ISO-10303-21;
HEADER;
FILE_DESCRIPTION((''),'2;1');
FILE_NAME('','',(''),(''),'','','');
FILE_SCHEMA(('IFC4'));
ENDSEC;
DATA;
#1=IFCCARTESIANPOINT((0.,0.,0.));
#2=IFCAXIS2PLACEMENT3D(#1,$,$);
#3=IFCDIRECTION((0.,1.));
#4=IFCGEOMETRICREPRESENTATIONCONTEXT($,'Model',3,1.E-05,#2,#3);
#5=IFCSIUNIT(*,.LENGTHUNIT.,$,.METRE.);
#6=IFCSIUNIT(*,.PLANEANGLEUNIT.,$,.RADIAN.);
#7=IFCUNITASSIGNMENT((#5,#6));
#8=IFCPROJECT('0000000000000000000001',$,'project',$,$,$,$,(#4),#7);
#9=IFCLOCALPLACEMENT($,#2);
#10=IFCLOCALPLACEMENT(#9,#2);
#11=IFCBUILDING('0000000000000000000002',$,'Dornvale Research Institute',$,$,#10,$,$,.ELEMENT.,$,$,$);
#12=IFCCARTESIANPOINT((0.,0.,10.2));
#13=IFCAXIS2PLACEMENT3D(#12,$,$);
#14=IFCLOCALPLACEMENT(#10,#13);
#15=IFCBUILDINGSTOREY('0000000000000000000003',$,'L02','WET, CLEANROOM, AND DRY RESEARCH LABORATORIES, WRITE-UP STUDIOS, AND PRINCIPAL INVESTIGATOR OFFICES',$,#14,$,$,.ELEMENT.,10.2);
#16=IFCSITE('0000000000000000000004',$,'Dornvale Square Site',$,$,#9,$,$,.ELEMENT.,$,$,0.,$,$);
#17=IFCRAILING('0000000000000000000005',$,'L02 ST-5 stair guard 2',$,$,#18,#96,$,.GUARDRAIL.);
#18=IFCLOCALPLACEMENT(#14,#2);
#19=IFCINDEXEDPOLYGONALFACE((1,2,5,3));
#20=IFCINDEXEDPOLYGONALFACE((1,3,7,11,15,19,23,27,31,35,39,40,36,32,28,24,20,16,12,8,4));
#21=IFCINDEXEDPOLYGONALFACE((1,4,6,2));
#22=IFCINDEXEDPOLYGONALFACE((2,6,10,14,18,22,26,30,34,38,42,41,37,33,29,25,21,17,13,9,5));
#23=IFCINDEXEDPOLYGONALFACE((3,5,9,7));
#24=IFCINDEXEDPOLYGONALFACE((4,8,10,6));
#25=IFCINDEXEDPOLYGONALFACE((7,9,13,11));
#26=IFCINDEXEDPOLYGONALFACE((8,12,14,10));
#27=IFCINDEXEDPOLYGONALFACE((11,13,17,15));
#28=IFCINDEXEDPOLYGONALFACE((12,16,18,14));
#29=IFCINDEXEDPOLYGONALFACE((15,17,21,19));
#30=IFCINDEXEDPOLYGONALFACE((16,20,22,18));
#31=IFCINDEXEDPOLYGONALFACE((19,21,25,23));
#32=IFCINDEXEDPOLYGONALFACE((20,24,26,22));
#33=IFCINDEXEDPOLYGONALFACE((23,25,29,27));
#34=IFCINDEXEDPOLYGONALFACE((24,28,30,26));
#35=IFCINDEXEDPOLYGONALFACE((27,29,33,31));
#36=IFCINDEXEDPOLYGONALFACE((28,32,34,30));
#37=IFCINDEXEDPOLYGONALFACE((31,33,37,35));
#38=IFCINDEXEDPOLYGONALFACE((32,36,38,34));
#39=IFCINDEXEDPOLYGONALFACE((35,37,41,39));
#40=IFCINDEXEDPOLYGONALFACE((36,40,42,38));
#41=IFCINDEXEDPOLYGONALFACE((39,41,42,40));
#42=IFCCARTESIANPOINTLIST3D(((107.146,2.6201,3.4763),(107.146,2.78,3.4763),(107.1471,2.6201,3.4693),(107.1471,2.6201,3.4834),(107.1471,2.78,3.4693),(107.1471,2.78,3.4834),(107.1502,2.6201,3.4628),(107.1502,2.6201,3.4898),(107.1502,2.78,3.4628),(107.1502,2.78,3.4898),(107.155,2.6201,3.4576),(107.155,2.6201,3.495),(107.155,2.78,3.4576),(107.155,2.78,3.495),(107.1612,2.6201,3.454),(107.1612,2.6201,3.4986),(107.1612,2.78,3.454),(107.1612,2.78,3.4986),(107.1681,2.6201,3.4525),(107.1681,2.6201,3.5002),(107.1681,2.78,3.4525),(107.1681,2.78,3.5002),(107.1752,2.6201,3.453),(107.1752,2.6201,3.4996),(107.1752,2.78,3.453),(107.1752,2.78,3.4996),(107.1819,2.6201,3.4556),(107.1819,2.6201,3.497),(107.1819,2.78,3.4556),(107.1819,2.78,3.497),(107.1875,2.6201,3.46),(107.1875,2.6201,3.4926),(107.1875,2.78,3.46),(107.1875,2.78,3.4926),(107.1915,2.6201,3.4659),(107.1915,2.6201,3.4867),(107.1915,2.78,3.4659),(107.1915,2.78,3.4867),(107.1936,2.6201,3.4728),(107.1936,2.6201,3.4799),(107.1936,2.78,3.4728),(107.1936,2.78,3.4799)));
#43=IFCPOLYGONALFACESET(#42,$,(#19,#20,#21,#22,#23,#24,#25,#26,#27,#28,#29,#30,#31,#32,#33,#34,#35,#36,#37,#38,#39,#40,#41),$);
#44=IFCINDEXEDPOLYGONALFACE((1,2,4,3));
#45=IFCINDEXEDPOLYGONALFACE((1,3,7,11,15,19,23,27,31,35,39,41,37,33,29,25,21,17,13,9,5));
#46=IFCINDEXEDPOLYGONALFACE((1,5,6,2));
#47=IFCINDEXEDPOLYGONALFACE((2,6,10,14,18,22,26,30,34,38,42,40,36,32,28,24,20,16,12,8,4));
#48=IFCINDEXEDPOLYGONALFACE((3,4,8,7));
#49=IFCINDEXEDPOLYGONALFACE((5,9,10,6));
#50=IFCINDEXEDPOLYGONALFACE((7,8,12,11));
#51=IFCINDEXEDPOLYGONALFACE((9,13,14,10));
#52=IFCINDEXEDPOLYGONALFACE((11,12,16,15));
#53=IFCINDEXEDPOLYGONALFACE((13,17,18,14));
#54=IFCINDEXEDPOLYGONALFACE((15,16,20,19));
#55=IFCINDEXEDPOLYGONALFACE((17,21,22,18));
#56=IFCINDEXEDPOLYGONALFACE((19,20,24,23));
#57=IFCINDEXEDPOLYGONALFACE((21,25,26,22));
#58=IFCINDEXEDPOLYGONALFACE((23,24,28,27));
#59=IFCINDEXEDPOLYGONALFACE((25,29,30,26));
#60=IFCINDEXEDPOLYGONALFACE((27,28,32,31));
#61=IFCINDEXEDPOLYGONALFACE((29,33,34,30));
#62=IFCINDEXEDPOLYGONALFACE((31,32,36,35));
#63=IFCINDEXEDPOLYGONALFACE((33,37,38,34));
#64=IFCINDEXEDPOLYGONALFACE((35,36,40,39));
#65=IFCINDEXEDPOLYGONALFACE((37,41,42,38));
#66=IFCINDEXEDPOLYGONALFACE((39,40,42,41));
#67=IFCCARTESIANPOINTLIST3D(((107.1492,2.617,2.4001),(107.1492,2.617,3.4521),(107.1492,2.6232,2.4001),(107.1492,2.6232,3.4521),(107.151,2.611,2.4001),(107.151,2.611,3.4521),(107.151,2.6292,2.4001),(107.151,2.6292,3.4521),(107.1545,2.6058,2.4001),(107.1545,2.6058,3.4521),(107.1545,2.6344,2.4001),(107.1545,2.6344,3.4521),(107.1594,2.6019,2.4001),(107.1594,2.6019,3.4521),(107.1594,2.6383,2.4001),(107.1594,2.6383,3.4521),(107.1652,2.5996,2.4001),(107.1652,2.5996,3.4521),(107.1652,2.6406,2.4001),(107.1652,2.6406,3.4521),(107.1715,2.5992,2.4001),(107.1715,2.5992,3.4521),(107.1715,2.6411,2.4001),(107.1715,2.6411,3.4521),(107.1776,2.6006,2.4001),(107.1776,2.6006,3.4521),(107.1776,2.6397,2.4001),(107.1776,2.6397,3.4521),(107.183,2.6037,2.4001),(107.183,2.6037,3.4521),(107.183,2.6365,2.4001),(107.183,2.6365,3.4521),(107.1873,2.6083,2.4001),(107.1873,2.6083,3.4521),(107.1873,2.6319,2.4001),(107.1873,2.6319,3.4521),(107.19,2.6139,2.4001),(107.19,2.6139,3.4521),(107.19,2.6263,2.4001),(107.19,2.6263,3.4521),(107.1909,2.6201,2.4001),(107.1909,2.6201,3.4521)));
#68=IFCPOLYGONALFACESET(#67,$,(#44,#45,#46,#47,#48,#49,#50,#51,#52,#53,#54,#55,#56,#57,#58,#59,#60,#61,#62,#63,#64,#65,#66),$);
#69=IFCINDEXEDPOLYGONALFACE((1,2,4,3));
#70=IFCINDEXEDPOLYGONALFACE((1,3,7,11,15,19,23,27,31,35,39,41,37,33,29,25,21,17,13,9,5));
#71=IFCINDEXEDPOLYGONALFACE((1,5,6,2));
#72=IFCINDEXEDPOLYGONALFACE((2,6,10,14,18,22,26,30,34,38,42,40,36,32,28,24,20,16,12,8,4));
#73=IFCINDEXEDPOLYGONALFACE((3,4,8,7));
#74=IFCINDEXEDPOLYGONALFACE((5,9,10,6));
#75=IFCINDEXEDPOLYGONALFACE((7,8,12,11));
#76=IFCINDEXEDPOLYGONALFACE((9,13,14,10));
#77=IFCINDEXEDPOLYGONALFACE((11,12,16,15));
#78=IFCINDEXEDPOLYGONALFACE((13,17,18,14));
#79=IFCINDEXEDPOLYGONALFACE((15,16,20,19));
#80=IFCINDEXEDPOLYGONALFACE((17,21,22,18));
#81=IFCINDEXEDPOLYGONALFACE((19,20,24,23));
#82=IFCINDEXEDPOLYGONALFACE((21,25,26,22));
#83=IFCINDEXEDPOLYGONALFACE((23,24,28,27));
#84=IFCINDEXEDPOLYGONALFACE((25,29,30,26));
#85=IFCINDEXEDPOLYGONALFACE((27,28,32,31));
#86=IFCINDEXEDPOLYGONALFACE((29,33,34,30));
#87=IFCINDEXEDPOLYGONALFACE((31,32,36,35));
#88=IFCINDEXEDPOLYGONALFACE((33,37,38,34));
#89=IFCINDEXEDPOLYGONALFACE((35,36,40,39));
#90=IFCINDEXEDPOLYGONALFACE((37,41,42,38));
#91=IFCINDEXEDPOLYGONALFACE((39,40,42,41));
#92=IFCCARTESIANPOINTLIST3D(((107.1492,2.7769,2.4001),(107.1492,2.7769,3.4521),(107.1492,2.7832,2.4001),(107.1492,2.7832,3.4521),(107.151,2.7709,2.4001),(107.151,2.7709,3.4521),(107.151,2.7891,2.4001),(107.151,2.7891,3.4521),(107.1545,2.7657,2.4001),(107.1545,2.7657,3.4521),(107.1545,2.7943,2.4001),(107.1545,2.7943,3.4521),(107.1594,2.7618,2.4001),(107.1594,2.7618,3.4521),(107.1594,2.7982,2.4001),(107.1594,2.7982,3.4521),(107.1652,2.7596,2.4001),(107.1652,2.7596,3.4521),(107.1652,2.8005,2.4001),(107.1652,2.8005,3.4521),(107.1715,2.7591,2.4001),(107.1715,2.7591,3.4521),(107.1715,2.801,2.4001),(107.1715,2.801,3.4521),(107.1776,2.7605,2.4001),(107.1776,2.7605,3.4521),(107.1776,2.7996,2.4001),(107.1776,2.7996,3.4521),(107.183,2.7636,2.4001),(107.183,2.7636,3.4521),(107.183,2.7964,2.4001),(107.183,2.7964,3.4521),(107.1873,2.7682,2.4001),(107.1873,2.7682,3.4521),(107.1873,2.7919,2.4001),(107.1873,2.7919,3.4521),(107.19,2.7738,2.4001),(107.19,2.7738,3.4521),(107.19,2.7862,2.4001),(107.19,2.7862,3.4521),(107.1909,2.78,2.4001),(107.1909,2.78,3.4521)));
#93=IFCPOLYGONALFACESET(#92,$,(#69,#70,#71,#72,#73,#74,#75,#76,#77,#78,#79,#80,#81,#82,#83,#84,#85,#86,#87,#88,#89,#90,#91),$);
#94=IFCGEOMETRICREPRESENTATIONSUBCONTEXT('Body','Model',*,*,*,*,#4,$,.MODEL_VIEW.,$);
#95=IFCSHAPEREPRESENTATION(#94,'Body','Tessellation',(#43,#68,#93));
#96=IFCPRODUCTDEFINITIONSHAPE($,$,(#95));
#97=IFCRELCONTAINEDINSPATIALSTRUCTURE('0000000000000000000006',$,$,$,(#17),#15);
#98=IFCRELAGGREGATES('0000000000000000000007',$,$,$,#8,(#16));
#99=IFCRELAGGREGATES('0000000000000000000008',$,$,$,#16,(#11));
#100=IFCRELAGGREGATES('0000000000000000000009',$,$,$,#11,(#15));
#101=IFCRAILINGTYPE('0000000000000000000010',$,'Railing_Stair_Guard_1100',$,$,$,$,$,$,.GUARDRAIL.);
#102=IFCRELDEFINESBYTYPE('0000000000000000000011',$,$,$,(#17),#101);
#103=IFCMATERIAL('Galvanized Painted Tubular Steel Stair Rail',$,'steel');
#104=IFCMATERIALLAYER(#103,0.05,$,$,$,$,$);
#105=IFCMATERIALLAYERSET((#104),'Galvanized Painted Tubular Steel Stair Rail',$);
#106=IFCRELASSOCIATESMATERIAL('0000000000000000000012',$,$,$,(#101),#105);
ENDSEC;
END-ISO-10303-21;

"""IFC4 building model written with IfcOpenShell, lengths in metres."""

from ifc_helpers import new_model, si_unit, direction, frame, origin, origin_2d, place, context, subcontext, project, spatial, circle, extrude, material, layer, layer_set, type_object, element, save


model = new_model("IFC4")

# Units and contexts
model_context = context("Model", 3, precision=1e-05, world=origin(), true_north=direction((0.0, 1.0)))
body_context = subcontext(model_context, "Body", "Model", "MODEL_VIEW")
ifc_project = project(units=[si_unit("LENGTHUNIT", "METRE"), si_unit("PLANEANGLEUNIT", "RADIAN")], contexts=[model_context])

# Site, building, storey
site_placement = place(None, origin())
site = spatial("IfcSite", under=ifc_project, at=site_placement, Name="Dornvale Square Site", CompositionType="ELEMENT", RefElevation=0.0)
building_placement = place(site_placement, origin())
building = spatial("IfcBuilding", under=site, at=building_placement, Name="Dornvale Research Institute", CompositionType="ELEMENT")
storey_placement = place(building_placement, frame((0.0, 0.0, 10.2)))
storey = spatial("IfcBuildingStorey", under=building, at=storey_placement, Name="L02", Description="WET, CLEANROOM, AND DRY RESEARCH LABORATORIES, WRITE-UP STUDIOS, AND PRINCIPAL INVESTIGATOR OFFICES", CompositionType="ELEMENT", Elevation=10.2)

# Railing
ifc_material_1 = material(Name="Galvanized Painted Tubular Steel Stair Rail", Category="steel")
ifc_layer_1 = layer(ifc_material_1, 0.05)
ifc_layer_set_1 = layer_set([ifc_layer_1], Name="Galvanized Painted Tubular Steel Stair Rail")
railing_type_1 = type_object("IfcRailingType", Name="Railing_Stair_Guard_1100", PredefinedType="GUARDRAIL", material=ifc_layer_set_1)
railing_1_placement = place(storey_placement, frame((107.1699, 2.6201, 2.4001)))
element("IfcRailing", 1, at=railing_1_placement, inside=storey, type_object=railing_type_1, Name="L02 ST-5 stair guard 2", PredefinedType="GUARDRAIL", context=body_context, shape_type="SweptSolid", body=[
    extrude(circle(Radius=0.0239, at=origin_2d()), frame((0.0, 0.0, 1.0762), z_axis=(0.0, 1.0, 0.0), x_axis=(-1.0, 0.0, 0.0)), (0.0, 0.0, 1.0), 0.1599),
    extrude(circle(Radius=0.021, at=origin_2d()), origin(), (0.0, 0.0, 1.0), 1.052),
    extrude(circle(Radius=0.021, at=origin_2d()), frame((0.0, 0.1599, 0.0)), (0.0, 0.0, 1.0), 1.052),
])

save(model, "model.ifc")
